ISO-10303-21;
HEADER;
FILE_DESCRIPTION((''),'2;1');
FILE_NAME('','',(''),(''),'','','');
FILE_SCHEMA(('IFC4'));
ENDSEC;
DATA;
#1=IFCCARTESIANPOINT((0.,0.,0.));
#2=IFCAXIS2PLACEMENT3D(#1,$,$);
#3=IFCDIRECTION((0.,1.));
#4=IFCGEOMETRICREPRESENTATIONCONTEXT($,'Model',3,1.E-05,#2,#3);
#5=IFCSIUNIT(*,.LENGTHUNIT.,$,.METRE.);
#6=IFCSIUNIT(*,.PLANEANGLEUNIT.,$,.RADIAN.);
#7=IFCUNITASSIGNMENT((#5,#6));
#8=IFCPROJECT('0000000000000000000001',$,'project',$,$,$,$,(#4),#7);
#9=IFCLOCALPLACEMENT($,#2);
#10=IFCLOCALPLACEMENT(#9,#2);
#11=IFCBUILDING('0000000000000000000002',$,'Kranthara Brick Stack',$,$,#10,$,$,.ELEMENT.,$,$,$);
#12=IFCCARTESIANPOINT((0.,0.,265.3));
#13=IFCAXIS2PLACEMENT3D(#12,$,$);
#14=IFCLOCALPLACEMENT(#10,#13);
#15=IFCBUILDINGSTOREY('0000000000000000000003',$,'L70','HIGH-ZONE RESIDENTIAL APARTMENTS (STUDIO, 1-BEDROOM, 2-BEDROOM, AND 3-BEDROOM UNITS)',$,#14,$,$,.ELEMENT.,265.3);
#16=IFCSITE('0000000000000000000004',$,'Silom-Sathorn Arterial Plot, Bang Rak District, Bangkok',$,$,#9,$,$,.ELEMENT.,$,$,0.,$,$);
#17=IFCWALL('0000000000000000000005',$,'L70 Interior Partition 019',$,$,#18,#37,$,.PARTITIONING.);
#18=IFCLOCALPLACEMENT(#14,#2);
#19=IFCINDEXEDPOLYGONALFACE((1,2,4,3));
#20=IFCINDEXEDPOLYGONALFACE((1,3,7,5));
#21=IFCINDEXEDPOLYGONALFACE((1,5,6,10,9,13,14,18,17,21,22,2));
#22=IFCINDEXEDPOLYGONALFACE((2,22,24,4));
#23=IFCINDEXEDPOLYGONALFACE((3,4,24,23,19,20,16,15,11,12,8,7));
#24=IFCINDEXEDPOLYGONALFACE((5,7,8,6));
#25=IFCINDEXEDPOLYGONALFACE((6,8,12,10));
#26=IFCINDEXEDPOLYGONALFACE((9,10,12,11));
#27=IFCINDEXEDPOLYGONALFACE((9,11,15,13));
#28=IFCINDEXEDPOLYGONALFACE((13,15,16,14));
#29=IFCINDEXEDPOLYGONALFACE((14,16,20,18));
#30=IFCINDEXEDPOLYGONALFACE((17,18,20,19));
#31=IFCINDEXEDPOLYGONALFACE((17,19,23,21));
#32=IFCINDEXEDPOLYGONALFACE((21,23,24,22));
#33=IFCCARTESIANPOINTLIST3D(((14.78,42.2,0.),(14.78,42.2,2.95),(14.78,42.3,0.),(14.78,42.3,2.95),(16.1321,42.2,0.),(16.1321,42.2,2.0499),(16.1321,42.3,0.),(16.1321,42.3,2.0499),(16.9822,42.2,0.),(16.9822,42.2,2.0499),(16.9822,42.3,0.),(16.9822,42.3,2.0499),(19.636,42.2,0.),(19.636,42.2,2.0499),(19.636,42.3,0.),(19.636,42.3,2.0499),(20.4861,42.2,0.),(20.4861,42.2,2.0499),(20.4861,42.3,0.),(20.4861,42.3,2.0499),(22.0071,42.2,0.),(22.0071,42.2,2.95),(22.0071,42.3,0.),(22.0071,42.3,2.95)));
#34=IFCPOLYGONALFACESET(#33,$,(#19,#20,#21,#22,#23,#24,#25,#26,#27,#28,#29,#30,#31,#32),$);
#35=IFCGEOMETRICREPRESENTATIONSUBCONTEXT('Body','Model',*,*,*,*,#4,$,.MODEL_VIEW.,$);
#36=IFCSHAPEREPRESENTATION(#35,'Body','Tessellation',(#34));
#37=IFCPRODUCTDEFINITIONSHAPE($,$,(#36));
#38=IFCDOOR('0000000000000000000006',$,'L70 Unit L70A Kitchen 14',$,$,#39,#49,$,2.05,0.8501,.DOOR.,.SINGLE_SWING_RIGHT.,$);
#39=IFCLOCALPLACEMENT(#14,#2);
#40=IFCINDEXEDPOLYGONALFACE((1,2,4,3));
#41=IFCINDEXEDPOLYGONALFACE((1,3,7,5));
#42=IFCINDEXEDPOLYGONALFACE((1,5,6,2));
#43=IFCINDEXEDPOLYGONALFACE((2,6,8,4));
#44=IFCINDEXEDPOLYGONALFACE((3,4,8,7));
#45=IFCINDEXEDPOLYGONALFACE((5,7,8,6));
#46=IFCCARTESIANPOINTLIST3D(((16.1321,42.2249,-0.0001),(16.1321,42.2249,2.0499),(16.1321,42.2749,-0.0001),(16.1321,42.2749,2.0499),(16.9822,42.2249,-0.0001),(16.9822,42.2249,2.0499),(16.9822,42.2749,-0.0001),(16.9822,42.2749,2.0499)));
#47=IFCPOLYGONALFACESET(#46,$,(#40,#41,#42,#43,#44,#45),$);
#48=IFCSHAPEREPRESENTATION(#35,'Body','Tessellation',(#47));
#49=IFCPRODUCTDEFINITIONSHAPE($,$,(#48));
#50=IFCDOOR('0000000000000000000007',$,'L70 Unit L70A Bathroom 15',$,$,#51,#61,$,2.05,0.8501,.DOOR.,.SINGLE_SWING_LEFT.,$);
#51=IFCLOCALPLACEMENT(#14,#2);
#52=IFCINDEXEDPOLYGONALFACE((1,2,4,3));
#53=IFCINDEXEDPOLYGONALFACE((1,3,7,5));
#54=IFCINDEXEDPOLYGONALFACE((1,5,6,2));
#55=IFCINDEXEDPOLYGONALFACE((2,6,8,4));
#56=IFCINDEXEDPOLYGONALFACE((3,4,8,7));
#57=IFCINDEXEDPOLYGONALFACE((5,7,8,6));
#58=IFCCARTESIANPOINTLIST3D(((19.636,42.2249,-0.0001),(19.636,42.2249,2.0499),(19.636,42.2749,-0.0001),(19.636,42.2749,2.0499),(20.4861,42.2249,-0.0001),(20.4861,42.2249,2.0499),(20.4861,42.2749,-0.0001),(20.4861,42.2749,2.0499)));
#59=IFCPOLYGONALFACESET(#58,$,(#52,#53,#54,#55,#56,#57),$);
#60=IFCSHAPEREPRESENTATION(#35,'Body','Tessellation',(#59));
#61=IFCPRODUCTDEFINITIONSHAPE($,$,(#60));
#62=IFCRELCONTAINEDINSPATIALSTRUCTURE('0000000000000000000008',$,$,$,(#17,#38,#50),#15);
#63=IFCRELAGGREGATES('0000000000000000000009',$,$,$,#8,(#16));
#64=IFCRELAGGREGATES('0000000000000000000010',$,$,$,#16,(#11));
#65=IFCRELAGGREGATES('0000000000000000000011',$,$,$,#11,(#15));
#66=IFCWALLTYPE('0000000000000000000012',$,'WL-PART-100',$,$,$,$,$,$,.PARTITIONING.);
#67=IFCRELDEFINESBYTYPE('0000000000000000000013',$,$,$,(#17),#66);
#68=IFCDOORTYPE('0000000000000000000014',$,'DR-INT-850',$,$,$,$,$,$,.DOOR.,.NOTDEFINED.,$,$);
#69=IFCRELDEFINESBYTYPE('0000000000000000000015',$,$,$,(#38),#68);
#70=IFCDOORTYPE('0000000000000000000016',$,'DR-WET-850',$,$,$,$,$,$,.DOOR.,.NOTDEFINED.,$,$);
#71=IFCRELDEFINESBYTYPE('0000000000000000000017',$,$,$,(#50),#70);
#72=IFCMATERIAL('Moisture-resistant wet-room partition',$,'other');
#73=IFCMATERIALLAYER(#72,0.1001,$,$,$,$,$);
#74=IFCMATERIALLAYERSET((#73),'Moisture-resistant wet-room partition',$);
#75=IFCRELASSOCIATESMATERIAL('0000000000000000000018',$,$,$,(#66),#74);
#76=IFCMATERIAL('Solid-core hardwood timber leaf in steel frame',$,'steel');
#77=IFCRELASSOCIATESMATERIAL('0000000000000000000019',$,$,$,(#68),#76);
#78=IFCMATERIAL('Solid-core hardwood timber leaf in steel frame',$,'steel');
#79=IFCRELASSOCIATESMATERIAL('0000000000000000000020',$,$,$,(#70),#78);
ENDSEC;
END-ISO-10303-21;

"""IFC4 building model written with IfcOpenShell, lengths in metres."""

from ifc_helpers import new_model, si_unit, direction, frame, frame_2d, origin, place, context, subcontext, project, spatial, rectangle, extrude, material, layer, layer_set, type_object, element, fill, save


model = new_model("IFC4")

# Units and contexts
model_context = context("Model", 3, precision=1e-05, world=origin(), true_north=direction((0.0, 1.0)))
body_context = subcontext(model_context, "Body", "Model", "MODEL_VIEW")
ifc_project = project(units=[si_unit("LENGTHUNIT", "METRE"), si_unit("PLANEANGLEUNIT", "RADIAN")], contexts=[model_context])

# Site, building, storey
site_placement = place(None, origin())
site = spatial("IfcSite", under=ifc_project, at=site_placement, Name="Silom-Sathorn Arterial Plot, Bang Rak District, Bangkok", CompositionType="ELEMENT", RefElevation=0.0)
building_placement = place(site_placement, origin())
building = spatial("IfcBuilding", under=site, at=building_placement, Name="Kranthara Brick Stack", CompositionType="ELEMENT")
storey_placement = place(building_placement, frame((0.0, 0.0, 265.3)))
storey = spatial("IfcBuildingStorey", under=building, at=storey_placement, Name="L70", Description="HIGH-ZONE RESIDENTIAL APARTMENTS (STUDIO, 1-BEDROOM, 2-BEDROOM, AND 3-BEDROOM UNITS)", CompositionType="ELEMENT", Elevation=265.3)

# Wall, openings, doors
ifc_material_1 = material(Name="Moisture-resistant wet-room partition", Category="other")
ifc_layer_1 = layer(ifc_material_1, 0.1001)
ifc_layer_set_1 = layer_set([ifc_layer_1], Name="Moisture-resistant wet-room partition")
wall_type_1 = type_object("IfcWallType", Name="WL-PART-100", PredefinedType="PARTITIONING", material=ifc_layer_set_1)
wall_1_placement = place(storey_placement, frame((14.78, 42.25, 0.0), z_axis=(0.0, 0.0, 1.0), x_axis=(1.0, 0.0, 0.0)))
wall_1 = element("IfcWall", 1, at=wall_1_placement, inside=storey, type_object=wall_type_1, Name="L70 Interior Partition 019", PredefinedType="PARTITIONING", context=body_context, shape_type="SweptSolid", body=[
    extrude(rectangle(XDim=7.2271, YDim=0.1001, at=frame_2d((3.6135, 0.0))), origin(), (0.0, 0.0, 1.0), 2.95),
])
opening_1_placement = place(wall_1_placement, frame((1.3521, 0.0, 0.0)))
opening_1 = element("IfcOpeningElement", 2, at=opening_1_placement, cuts=wall_1, PredefinedType="OPENING", context=body_context, shape_type="SweptSolid", body=[
    extrude(rectangle(XDim=0.8501, YDim=2.05, at=frame_2d((0.425, 1.0249))), frame((0.0, 0.0601, 0.0), z_axis=(0.0, -1.0, 0.0), x_axis=(1.0, 0.0, 0.0)), (0.0, 0.0, 1.0), 0.1201),
])
opening_2_placement = place(wall_1_placement, frame((4.856, 0.0, 0.0)))
opening_2 = element("IfcOpeningElement", 3, at=opening_2_placement, cuts=wall_1, PredefinedType="OPENING", context=body_context, shape_type="SweptSolid", body=[
    extrude(rectangle(XDim=0.8501, YDim=2.05, at=frame_2d((0.425, 1.0249))), frame((0.0, 0.0601, 0.0), z_axis=(0.0, -1.0, 0.0), x_axis=(1.0, 0.0, 0.0)), (0.0, 0.0, 1.0), 0.1201),
])
ifc_material_2 = material(Name="Solid-core hardwood timber leaf in steel frame", Category="steel")
door_type_1 = type_object("IfcDoorType", Name="DR-INT-850", OperationType="NOTDEFINED", PredefinedType="DOOR", material=ifc_material_2)
door_1_placement = place(opening_1_placement, origin())
door_1 = element("IfcDoor", 4, at=door_1_placement, inside=storey, type_object=door_type_1, Name="L70 Unit L70A Kitchen 14", OperationType="SINGLE_SWING_RIGHT", OverallHeight=2.05, OverallWidth=0.8501, PredefinedType="DOOR", context=body_context, shape_type="SweptSolid", body=[
    extrude(rectangle(XDim=0.8501, YDim=2.05, at=frame_2d((0.425, 1.0249))), frame((0.0, 0.0249, 0.0), z_axis=(0.0, -1.0, 0.0), x_axis=(1.0, 0.0, 0.0)), (0.0, 0.0, 1.0), 0.05),
])
fill(opening_1, door_1)
ifc_material_3 = material(Name="Solid-core hardwood timber leaf in steel frame", Category="steel")
door_type_2 = type_object("IfcDoorType", Name="DR-WET-850", OperationType="NOTDEFINED", PredefinedType="DOOR", material=ifc_material_3)
door_2_placement = place(opening_2_placement, origin())
door_2 = element("IfcDoor", 5, at=door_2_placement, inside=storey, type_object=door_type_2, Name="L70 Unit L70A Bathroom 15", OperationType="SINGLE_SWING_LEFT", OverallHeight=2.05, OverallWidth=0.8501, PredefinedType="DOOR", context=body_context, shape_type="SweptSolid", body=[
    extrude(rectangle(XDim=0.8501, YDim=2.05, at=frame_2d((0.425, 1.0249))), frame((0.0, 0.0249, 0.0), z_axis=(0.0, -1.0, 0.0), x_axis=(1.0, 0.0, 0.0)), (0.0, 0.0, 1.0), 0.05),
])
fill(opening_2, door_2)

save(model, "model.ifc")
